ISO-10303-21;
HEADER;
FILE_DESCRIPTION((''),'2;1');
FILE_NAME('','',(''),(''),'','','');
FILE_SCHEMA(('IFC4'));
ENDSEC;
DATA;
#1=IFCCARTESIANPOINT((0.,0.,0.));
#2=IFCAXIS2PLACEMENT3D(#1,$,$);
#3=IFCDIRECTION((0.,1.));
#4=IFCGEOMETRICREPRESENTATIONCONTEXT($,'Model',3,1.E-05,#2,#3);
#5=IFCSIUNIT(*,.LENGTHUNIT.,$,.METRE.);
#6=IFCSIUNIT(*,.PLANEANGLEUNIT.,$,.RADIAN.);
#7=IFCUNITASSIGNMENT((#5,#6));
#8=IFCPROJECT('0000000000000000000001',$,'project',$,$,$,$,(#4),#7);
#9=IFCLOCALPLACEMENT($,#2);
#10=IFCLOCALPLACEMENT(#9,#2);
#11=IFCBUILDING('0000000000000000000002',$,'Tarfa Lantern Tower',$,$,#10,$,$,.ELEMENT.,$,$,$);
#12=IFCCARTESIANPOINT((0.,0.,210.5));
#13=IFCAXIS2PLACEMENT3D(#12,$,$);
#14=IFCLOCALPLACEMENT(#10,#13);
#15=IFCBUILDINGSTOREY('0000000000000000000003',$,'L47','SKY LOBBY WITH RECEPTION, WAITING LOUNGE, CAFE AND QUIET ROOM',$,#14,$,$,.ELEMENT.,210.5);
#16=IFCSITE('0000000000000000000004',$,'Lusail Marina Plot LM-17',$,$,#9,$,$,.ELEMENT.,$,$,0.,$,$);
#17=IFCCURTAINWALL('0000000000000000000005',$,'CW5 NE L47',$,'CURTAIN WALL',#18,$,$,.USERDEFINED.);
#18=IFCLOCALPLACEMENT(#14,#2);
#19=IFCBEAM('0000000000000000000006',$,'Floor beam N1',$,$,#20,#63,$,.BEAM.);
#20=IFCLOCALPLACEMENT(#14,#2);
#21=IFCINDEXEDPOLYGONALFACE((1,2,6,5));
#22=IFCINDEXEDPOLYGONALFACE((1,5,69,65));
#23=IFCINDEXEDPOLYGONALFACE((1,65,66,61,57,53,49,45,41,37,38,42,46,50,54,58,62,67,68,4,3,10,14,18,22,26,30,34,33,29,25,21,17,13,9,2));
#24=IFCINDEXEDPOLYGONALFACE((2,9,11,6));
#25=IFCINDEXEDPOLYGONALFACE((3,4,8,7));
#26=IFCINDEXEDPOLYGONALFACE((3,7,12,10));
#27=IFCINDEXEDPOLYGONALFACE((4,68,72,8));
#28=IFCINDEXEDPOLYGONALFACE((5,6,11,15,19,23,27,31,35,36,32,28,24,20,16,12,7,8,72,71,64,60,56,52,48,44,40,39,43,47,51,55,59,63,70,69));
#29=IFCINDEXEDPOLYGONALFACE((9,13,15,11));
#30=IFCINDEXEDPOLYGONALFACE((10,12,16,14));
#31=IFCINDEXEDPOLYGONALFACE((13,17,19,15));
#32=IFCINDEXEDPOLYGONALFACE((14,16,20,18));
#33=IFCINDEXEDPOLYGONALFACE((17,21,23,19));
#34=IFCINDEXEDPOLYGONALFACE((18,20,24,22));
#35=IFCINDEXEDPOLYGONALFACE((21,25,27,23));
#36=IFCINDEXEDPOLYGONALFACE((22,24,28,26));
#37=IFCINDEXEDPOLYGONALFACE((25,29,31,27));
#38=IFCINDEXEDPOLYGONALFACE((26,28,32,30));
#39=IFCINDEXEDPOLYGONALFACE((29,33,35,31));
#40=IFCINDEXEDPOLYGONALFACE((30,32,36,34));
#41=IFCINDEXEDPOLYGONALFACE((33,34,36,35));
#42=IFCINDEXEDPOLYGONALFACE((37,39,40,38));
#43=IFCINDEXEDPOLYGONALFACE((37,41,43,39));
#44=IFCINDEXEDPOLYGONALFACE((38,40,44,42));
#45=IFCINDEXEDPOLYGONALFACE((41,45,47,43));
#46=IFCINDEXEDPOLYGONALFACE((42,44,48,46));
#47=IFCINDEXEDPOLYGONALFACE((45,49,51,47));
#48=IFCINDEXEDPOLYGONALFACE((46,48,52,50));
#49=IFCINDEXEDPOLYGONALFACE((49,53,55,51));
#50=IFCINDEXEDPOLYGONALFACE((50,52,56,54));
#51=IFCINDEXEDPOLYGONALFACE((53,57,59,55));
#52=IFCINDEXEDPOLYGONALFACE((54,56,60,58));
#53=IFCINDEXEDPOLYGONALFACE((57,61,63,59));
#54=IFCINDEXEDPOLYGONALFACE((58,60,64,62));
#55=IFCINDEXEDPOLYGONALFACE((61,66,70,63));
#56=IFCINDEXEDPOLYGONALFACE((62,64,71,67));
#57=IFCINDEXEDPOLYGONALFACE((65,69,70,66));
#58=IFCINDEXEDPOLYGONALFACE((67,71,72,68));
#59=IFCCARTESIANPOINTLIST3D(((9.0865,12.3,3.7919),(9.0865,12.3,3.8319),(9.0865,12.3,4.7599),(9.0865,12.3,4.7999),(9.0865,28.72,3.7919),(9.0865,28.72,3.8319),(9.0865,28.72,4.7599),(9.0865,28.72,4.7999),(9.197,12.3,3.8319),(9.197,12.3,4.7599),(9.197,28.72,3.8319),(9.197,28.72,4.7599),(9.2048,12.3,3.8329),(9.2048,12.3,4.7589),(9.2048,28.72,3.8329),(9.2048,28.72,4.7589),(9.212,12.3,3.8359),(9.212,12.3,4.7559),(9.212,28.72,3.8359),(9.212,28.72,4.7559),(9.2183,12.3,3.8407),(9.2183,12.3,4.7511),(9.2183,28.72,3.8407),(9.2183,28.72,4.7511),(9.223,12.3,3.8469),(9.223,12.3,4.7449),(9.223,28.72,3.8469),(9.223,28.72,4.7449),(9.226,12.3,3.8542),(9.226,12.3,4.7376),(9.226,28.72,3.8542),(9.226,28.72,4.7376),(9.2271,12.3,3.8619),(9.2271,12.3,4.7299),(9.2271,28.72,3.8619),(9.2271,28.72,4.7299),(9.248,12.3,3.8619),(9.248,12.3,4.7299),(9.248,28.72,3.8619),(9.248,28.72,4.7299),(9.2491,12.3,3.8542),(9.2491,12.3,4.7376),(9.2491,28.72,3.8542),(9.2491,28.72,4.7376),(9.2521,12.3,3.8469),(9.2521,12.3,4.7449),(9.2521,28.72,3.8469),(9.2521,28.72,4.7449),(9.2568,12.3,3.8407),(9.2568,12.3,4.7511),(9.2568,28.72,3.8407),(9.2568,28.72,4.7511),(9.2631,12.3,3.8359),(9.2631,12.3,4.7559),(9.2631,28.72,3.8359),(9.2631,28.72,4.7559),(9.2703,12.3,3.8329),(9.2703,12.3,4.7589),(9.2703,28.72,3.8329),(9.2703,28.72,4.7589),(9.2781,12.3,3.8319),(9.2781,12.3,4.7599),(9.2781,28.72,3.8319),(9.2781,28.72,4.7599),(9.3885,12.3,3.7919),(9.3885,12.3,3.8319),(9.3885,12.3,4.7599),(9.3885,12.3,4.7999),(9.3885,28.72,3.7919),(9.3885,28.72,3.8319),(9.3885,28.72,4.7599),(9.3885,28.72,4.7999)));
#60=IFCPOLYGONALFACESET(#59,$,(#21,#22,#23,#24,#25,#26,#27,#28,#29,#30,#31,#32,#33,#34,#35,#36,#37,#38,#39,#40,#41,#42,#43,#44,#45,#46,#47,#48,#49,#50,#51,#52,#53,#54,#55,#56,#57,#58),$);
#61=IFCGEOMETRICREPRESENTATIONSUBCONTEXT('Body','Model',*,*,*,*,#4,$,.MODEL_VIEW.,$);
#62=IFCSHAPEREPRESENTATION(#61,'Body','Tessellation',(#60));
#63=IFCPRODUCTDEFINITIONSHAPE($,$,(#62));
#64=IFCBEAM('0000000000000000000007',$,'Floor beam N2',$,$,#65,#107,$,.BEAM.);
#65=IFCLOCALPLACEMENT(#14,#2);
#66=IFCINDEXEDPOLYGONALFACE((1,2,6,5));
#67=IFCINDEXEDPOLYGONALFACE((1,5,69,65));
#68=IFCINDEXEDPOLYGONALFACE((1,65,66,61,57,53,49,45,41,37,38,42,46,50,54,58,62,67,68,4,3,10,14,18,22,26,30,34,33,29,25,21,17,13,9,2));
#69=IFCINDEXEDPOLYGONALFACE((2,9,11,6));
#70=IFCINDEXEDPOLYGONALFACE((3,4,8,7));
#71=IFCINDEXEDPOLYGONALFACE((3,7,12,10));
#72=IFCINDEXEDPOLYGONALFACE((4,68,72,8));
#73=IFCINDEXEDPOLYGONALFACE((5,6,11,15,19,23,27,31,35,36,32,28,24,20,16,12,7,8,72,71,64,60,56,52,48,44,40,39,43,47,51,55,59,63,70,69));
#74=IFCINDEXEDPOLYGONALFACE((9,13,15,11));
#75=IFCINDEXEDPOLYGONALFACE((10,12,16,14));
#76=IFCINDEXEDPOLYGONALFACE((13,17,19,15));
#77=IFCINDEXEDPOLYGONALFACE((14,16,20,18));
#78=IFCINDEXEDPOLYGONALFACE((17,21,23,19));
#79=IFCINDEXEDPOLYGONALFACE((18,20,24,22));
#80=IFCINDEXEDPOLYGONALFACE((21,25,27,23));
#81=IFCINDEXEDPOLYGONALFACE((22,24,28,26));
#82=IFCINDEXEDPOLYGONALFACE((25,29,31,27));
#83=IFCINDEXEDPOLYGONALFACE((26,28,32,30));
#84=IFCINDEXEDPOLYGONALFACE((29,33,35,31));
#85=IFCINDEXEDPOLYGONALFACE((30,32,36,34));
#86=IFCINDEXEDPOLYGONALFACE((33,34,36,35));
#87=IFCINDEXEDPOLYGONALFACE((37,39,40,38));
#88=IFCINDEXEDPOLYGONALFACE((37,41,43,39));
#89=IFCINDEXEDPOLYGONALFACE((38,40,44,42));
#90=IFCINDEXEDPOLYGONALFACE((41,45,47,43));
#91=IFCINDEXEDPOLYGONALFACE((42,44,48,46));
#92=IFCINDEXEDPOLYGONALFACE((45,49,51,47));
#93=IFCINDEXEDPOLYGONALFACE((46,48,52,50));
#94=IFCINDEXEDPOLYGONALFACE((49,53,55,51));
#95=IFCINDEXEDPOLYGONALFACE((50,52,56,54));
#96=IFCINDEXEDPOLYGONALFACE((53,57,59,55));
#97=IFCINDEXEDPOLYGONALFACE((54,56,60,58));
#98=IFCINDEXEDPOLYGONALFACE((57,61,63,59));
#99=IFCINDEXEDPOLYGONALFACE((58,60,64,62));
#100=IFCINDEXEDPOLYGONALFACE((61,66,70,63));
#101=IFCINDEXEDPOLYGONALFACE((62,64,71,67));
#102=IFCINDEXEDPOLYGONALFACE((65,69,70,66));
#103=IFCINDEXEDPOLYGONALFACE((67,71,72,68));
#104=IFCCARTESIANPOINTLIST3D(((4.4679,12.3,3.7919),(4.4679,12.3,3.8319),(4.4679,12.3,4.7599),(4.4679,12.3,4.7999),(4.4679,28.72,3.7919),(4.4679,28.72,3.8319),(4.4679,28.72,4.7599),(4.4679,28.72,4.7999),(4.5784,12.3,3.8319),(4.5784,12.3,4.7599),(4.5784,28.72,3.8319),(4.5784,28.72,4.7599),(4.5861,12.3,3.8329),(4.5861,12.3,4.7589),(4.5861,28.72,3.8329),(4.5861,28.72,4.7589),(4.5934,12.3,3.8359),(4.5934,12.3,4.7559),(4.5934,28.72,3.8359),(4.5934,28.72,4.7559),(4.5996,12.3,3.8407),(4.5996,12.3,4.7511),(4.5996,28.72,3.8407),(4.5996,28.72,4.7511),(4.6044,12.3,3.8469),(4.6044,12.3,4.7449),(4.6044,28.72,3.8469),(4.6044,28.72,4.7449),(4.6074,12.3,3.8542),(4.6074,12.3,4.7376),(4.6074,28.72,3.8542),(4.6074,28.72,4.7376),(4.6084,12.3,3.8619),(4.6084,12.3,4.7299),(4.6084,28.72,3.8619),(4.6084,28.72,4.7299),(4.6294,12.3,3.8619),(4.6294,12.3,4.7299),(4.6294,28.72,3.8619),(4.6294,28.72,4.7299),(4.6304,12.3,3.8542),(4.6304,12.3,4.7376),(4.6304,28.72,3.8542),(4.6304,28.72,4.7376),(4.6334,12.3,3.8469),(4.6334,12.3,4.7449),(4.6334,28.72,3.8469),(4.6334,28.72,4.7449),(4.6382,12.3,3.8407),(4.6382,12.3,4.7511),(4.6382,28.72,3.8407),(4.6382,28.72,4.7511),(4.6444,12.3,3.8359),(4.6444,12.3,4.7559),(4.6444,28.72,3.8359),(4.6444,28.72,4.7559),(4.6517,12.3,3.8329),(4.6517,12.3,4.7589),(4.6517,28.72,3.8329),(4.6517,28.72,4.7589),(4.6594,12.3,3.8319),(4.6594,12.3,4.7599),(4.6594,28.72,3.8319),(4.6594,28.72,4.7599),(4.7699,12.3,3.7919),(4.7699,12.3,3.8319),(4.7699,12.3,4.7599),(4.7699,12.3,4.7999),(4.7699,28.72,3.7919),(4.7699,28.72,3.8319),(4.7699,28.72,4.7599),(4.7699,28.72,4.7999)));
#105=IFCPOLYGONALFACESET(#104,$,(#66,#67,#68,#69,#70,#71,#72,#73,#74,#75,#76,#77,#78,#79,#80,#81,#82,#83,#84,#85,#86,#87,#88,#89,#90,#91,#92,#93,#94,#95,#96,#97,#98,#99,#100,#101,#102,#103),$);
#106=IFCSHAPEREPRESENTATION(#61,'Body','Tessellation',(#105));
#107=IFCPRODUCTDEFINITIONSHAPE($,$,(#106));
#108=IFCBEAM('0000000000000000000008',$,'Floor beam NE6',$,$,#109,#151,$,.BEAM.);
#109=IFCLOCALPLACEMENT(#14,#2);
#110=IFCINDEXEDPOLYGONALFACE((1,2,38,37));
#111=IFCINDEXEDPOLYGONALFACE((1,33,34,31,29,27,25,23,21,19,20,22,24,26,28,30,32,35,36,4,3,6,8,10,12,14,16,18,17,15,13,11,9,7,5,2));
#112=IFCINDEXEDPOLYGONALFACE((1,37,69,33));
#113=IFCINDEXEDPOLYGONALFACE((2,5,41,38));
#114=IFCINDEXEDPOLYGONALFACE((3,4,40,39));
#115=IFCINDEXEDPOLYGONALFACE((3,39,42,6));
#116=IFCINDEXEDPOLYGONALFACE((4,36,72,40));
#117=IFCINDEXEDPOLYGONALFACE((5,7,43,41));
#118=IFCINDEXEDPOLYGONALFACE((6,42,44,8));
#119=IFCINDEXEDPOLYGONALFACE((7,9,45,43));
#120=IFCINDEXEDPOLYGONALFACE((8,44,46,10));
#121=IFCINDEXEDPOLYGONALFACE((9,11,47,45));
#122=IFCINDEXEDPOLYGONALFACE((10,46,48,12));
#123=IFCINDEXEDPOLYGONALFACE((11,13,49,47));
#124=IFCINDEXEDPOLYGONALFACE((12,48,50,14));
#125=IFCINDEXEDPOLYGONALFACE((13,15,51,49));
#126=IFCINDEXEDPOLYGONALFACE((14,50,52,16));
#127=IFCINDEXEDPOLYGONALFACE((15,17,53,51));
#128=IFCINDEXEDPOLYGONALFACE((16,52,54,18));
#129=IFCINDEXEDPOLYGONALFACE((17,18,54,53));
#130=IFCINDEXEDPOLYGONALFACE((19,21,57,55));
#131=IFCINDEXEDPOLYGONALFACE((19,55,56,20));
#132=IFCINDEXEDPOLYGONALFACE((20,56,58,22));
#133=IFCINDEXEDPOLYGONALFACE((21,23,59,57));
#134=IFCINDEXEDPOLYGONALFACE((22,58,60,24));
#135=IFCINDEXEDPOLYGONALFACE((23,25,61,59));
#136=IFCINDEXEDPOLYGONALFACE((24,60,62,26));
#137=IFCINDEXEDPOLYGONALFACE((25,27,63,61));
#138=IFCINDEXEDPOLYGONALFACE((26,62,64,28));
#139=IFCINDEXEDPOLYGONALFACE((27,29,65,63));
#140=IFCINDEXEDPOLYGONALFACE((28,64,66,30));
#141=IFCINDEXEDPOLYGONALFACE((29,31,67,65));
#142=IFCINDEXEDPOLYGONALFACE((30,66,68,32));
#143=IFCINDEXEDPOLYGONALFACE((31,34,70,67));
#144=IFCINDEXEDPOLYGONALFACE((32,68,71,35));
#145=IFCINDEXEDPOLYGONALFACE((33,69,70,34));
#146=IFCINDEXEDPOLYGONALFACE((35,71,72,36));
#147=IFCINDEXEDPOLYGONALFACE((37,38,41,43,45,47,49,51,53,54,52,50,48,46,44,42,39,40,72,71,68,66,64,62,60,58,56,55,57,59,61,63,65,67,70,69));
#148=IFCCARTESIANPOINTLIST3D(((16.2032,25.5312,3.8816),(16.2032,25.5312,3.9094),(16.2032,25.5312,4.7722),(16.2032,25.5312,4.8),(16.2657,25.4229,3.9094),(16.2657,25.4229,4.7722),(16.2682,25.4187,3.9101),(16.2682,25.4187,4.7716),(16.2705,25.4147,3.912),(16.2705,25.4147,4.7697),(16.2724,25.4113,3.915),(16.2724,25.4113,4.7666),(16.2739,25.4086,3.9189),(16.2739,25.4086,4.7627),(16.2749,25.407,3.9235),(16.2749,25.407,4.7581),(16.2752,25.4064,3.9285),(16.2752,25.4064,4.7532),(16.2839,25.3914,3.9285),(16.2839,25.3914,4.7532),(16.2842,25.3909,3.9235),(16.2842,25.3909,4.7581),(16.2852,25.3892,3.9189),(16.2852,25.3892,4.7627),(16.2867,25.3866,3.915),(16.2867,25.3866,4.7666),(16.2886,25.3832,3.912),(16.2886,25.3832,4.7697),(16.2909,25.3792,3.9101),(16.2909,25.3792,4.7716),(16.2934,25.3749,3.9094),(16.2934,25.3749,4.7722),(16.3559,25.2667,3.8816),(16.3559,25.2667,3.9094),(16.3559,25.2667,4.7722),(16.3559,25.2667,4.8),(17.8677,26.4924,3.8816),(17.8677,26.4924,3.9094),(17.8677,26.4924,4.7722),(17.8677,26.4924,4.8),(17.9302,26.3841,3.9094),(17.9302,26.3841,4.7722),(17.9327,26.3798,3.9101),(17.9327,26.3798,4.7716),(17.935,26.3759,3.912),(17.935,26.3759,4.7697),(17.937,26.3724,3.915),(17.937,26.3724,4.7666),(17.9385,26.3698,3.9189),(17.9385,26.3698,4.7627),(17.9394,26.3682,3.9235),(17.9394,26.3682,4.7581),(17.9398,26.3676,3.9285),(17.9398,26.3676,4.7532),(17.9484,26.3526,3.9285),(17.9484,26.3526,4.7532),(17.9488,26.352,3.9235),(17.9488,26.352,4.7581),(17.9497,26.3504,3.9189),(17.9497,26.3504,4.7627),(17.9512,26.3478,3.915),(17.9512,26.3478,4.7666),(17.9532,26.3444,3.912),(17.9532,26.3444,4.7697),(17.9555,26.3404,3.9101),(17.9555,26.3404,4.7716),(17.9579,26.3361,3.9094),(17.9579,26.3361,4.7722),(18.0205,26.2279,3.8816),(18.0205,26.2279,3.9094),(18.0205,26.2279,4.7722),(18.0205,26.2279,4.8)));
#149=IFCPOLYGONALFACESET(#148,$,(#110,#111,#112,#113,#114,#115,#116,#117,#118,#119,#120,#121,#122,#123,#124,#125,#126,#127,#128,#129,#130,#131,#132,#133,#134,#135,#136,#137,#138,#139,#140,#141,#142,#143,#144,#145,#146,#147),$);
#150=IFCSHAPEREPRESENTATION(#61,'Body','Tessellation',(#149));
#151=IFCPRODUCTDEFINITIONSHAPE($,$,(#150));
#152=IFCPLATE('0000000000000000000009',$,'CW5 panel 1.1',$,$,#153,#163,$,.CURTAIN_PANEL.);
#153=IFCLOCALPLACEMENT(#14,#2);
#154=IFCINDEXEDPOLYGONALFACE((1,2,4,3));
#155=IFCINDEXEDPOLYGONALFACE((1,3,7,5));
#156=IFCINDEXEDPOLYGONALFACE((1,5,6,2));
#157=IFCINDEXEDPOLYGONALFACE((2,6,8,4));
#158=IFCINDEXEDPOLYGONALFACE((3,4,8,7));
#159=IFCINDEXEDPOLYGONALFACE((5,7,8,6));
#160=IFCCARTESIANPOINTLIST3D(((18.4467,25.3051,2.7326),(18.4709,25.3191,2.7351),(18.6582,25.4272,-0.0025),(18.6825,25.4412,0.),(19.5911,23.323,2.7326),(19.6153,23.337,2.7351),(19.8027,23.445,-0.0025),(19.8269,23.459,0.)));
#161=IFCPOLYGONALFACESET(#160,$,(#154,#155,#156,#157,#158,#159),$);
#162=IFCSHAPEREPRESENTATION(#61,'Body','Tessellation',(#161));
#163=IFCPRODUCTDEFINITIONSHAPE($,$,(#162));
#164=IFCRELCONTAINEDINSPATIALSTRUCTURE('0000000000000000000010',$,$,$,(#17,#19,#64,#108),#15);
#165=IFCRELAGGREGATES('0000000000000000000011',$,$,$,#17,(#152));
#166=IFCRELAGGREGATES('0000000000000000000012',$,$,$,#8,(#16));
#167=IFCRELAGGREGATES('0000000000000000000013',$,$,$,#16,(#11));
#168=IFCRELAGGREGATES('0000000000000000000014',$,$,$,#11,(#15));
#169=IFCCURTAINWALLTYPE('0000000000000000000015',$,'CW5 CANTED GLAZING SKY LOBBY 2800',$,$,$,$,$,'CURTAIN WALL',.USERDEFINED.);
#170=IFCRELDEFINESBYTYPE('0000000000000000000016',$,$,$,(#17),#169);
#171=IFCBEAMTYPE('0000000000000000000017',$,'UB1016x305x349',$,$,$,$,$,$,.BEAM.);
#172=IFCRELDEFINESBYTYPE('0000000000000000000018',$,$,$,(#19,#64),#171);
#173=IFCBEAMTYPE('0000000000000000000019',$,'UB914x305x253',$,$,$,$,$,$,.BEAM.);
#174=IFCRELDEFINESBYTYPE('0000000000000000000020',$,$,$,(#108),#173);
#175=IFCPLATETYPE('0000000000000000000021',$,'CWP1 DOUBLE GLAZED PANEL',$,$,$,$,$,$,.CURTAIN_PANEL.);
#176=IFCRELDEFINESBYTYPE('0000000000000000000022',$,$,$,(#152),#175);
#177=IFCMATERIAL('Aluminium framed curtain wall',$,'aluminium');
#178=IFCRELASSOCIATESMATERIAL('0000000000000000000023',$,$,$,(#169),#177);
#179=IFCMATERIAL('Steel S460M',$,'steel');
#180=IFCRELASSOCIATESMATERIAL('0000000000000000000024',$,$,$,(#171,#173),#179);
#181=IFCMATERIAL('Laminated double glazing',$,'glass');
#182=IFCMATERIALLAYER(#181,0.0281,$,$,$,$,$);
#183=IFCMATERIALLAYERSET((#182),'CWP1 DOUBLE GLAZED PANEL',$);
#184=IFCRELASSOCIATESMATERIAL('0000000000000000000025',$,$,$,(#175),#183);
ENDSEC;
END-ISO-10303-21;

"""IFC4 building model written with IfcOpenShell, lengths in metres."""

from ifc_helpers import new_model, si_unit, direction, frame, origin, origin_2d, place, context, subcontext, project, spatial, polyline, i_section, outline, extrude, material, layer, layer_set, material_profile, profile_set, type_object, element, aggregate, save


model = new_model("IFC4")

# Units and contexts
model_context = context("Model", 3, precision=1e-05, world=origin(), true_north=direction((0.0, 1.0)))
body_context = subcontext(model_context, "Body", "Model", "MODEL_VIEW")
ifc_project = project(units=[si_unit("LENGTHUNIT", "METRE"), si_unit("PLANEANGLEUNIT", "RADIAN")], contexts=[model_context])

# Site, building, storey
site_placement = place(None, origin())
site = spatial("IfcSite", under=ifc_project, at=site_placement, Name="Lusail Marina Plot LM-17", CompositionType="ELEMENT", RefElevation=0.0)
building_placement = place(site_placement, origin())
building = spatial("IfcBuilding", under=site, at=building_placement, Name="Tarfa Lantern Tower", CompositionType="ELEMENT")
storey_placement = place(building_placement, frame((0.0, 0.0, 210.5)))
storey = spatial("IfcBuildingStorey", under=building, at=storey_placement, Name="L47", Description="SKY LOBBY WITH RECEPTION, WAITING LOUNGE, CAFE AND QUIET ROOM", CompositionType="ELEMENT", Elevation=210.5)

# Shared definitions
ifc_material_1 = material(Name="Steel S460M", Category="steel")

# Curtain wall
ifc_material_2 = material(Name="Aluminium framed curtain wall", Category="aluminium")
curtain_wall_type = type_object("IfcCurtainWallType", Name="CW5 CANTED GLAZING SKY LOBBY 2800", ElementType="CURTAIN WALL", PredefinedType="USERDEFINED", material=ifc_material_2)
curtain_wall_placement = place(storey_placement, origin())
curtain_wall = element("IfcCurtainWall", 1, at=curtain_wall_placement, inside=storey, type_object=curtain_wall_type, Name="CW5 NE L47", ObjectType="CURTAIN WALL", PredefinedType="USERDEFINED")

# Beams
ifc_material_profile_1 = material_profile(ifc_material_1, i_section(OverallWidth=0.302, OverallDepth=1.0081, WebThickness=0.021, FlangeThickness=0.04, FilletRadius=0.03, at=origin_2d()), Name="UB1016x305x349")
ifc_profile_set_1 = profile_set([ifc_material_profile_1], Name="Steel S460M")
beam_type_1 = type_object("IfcBeamType", Name="UB1016x305x349", PredefinedType="BEAM", material=ifc_profile_set_1)
for number, where, z_axis, x_axis, name in (
    (2, (9.2375, 28.72, 4.2959), (0.0, -1.0, 0.0), (1.0, 0.0, 0.0), "Floor beam N1"),
    (3, (4.6189, 28.72, 4.2959), (0.0, -1.0, 0.0), (1.0, 0.0, 0.0), "Floor beam N2"),
):
    element("IfcBeam", number, at=place(storey_placement, frame(where, z_axis=z_axis, x_axis=x_axis)), inside=storey, type_object=beam_type_1, Name=name, PredefinedType="BEAM", context=body_context, shape_type="SweptSolid", body=[
        extrude(i_section(OverallWidth=0.302, OverallDepth=1.0081, WebThickness=0.021, FlangeThickness=0.04, FilletRadius=0.03, at=origin_2d()), origin(), (0.0, 0.0, 1.0), 16.4199),
    ])
ifc_material_profile_2 = material_profile(ifc_material_1, i_section(OverallWidth=0.3054, OverallDepth=0.9185, WebThickness=0.0173, FlangeThickness=0.0278, FilletRadius=0.019, at=origin_2d()), Name="UB914x305x253")
ifc_profile_set_2 = profile_set([ifc_material_profile_2], Name="Steel S460M")
beam_type_2 = type_object("IfcBeamType", Name="UB914x305x253", PredefinedType="BEAM", material=ifc_profile_set_2)
beam_1_placement = place(storey_placement, frame((17.9441, 26.3601, 4.3408), z_axis=(-0.865991, -0.50006, 0.0), x_axis=(0.50006, -0.865991, 0.0)))
element("IfcBeam", 4, at=beam_1_placement, inside=storey, type_object=beam_type_2, Name="Floor beam NE6", PredefinedType="BEAM", context=body_context, shape_type="SweptSolid", body=[
    extrude(i_section(OverallWidth=0.3054, OverallDepth=0.9185, WebThickness=0.0173, FlangeThickness=0.0278, FilletRadius=0.019, at=origin_2d()), origin(), (0.0, 0.0, 1.0), 1.9221),
])

# Plate
ifc_material_3 = material(Name="Laminated double glazing", Category="glass")
ifc_layer_1 = layer(ifc_material_3, 0.0281)
ifc_layer_set_1 = layer_set([ifc_layer_1], Name="CWP1 DOUBLE GLAZED PANEL")
plate_type = type_object("IfcPlateType", Name="CWP1 DOUBLE GLAZED PANEL", PredefinedType="CURTAIN_PANEL", material=ifc_layer_set_1)
plate_placement = place(storey_placement, frame((19.8269, 23.459, 0.0), z_axis=(0.862593, 0.498018, 0.088945), x_axis=(-0.5, 0.866026, 0.000004)))
plate = element("IfcPlate", 5, at=plate_placement, type_object=plate_type, Name="CW5 panel 1.1", PredefinedType="CURTAIN_PANEL", context=body_context, shape_type="SweptSolid", body=[
    extrude(outline(polyline([(0.0, 0.0), (2.2889, 0.0), (2.2889, 2.746), (0.0001, 2.746), (0.0, 0.0)])), origin(), (0.0, 0.0, -1.0), 0.0281),
])
aggregate(curtain_wall, [plate])

save(model, "model.ifc")
